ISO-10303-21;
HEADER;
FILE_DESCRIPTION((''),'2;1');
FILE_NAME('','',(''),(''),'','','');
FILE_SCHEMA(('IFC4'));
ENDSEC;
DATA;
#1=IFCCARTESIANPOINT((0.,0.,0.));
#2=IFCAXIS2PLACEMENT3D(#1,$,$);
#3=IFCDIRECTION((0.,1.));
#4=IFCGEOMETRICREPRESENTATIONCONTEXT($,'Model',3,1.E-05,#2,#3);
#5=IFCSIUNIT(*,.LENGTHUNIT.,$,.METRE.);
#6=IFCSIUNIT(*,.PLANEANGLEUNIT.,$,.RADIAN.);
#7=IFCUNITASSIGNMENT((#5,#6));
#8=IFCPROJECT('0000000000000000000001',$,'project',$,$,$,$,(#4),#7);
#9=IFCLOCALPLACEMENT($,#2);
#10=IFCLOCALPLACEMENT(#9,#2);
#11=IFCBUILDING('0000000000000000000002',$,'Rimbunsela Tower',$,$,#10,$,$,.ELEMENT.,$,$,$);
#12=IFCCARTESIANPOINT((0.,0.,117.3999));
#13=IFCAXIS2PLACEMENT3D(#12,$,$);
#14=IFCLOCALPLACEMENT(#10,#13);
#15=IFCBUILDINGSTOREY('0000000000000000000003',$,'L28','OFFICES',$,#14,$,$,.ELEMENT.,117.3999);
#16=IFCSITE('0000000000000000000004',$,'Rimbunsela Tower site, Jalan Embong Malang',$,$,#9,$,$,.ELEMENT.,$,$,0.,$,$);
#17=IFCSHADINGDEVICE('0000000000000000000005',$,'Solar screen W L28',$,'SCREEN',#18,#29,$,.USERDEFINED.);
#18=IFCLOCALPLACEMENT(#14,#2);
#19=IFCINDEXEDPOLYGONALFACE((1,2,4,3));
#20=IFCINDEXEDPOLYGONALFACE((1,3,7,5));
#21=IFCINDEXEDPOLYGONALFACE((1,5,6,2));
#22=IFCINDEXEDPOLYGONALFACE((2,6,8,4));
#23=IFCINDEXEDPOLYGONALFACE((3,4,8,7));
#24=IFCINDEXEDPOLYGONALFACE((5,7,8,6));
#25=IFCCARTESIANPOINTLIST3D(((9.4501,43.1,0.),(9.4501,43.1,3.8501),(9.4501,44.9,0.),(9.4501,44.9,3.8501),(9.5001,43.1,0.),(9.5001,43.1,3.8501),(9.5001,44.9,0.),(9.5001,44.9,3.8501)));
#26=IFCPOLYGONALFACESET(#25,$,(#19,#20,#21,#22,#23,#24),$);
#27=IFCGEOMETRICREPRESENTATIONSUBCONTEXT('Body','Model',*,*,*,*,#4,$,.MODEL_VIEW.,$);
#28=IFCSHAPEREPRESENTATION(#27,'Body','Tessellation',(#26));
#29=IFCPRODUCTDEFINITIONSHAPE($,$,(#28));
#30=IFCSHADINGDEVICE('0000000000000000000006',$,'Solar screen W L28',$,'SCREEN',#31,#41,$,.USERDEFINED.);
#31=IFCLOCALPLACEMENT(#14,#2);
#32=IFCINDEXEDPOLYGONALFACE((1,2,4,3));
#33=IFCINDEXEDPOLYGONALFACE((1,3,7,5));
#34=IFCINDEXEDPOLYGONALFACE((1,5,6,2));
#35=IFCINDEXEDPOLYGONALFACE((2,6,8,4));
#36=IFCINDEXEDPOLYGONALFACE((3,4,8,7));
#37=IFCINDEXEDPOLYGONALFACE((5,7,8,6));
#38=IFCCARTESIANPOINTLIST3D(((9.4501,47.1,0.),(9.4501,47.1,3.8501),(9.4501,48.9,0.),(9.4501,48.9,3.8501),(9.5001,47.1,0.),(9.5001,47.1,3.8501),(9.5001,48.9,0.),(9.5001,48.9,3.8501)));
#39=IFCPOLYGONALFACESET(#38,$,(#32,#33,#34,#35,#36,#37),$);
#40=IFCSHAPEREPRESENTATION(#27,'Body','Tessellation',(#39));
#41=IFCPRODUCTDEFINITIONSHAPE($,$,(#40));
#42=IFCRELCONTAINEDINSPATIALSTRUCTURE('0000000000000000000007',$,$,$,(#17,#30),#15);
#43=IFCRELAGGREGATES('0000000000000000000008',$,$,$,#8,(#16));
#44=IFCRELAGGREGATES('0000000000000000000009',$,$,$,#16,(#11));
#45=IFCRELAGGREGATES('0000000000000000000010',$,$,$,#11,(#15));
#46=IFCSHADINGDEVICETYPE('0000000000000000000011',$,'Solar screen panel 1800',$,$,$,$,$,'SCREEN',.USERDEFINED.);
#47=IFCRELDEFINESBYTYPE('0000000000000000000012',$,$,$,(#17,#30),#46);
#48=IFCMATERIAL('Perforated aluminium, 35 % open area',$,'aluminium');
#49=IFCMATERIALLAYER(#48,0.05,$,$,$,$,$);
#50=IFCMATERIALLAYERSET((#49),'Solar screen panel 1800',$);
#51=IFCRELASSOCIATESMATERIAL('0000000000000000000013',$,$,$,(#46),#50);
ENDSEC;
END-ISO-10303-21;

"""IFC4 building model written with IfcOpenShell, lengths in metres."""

from ifc_helpers import new_model, si_unit, direction, frame, origin, origin_2d, place, context, subcontext, project, spatial, rectangle, extrude, material, layer, layer_set, type_object, element, save


model = new_model("IFC4")

# Units and contexts
model_context = context("Model", 3, precision=1e-05, world=origin(), true_north=direction((0.0, 1.0)))
body_context = subcontext(model_context, "Body", "Model", "MODEL_VIEW")
ifc_project = project(units=[si_unit("LENGTHUNIT", "METRE"), si_unit("PLANEANGLEUNIT", "RADIAN")], contexts=[model_context])

# Site, building, storey
site_placement = place(None, origin())
site = spatial("IfcSite", under=ifc_project, at=site_placement, Name="Rimbunsela Tower site, Jalan Embong Malang", CompositionType="ELEMENT", RefElevation=0.0)
building_placement = place(site_placement, origin())
building = spatial("IfcBuilding", under=site, at=building_placement, Name="Rimbunsela Tower", CompositionType="ELEMENT")
storey_placement = place(building_placement, frame((0.0, 0.0, 117.3999)))
storey = spatial("IfcBuildingStorey", under=building, at=storey_placement, Name="L28", Description="OFFICES", CompositionType="ELEMENT", Elevation=117.3999)

# Shading devices
ifc_material_1 = material(Name="Perforated aluminium, 35 % open area", Category="aluminium")
ifc_layer_1 = layer(ifc_material_1, 0.05)
ifc_layer_set_1 = layer_set([ifc_layer_1], Name="Solar screen panel 1800")
shading_device_type = type_object("IfcShadingDeviceType", Name="Solar screen panel 1800", ElementType="SCREEN", PredefinedType="USERDEFINED", material=ifc_layer_set_1)
for number, where, z_axis, x_axis, name in (
    (1, (9.4751, 44.0, 0.0), (0.0, 0.0, 1.0), (0.0, 1.0, 0.0), "Solar screen W L28"),
    (2, (9.4751, 48.0, 0.0), (0.0, 0.0, 1.0), (0.0, 1.0, 0.0), "Solar screen W L28"),
):
    element("IfcShadingDevice", number, at=place(storey_placement, frame(where, z_axis=z_axis, x_axis=x_axis)), inside=storey, type_object=shading_device_type, Name=name, ObjectType="SCREEN", PredefinedType="USERDEFINED", context=body_context, shape_type="SweptSolid", body=[
        extrude(rectangle(XDim=1.8, YDim=0.05, at=origin_2d()), origin(), (0.0, 0.0, 1.0), 3.8501),
    ])

save(model, "model.ifc")
